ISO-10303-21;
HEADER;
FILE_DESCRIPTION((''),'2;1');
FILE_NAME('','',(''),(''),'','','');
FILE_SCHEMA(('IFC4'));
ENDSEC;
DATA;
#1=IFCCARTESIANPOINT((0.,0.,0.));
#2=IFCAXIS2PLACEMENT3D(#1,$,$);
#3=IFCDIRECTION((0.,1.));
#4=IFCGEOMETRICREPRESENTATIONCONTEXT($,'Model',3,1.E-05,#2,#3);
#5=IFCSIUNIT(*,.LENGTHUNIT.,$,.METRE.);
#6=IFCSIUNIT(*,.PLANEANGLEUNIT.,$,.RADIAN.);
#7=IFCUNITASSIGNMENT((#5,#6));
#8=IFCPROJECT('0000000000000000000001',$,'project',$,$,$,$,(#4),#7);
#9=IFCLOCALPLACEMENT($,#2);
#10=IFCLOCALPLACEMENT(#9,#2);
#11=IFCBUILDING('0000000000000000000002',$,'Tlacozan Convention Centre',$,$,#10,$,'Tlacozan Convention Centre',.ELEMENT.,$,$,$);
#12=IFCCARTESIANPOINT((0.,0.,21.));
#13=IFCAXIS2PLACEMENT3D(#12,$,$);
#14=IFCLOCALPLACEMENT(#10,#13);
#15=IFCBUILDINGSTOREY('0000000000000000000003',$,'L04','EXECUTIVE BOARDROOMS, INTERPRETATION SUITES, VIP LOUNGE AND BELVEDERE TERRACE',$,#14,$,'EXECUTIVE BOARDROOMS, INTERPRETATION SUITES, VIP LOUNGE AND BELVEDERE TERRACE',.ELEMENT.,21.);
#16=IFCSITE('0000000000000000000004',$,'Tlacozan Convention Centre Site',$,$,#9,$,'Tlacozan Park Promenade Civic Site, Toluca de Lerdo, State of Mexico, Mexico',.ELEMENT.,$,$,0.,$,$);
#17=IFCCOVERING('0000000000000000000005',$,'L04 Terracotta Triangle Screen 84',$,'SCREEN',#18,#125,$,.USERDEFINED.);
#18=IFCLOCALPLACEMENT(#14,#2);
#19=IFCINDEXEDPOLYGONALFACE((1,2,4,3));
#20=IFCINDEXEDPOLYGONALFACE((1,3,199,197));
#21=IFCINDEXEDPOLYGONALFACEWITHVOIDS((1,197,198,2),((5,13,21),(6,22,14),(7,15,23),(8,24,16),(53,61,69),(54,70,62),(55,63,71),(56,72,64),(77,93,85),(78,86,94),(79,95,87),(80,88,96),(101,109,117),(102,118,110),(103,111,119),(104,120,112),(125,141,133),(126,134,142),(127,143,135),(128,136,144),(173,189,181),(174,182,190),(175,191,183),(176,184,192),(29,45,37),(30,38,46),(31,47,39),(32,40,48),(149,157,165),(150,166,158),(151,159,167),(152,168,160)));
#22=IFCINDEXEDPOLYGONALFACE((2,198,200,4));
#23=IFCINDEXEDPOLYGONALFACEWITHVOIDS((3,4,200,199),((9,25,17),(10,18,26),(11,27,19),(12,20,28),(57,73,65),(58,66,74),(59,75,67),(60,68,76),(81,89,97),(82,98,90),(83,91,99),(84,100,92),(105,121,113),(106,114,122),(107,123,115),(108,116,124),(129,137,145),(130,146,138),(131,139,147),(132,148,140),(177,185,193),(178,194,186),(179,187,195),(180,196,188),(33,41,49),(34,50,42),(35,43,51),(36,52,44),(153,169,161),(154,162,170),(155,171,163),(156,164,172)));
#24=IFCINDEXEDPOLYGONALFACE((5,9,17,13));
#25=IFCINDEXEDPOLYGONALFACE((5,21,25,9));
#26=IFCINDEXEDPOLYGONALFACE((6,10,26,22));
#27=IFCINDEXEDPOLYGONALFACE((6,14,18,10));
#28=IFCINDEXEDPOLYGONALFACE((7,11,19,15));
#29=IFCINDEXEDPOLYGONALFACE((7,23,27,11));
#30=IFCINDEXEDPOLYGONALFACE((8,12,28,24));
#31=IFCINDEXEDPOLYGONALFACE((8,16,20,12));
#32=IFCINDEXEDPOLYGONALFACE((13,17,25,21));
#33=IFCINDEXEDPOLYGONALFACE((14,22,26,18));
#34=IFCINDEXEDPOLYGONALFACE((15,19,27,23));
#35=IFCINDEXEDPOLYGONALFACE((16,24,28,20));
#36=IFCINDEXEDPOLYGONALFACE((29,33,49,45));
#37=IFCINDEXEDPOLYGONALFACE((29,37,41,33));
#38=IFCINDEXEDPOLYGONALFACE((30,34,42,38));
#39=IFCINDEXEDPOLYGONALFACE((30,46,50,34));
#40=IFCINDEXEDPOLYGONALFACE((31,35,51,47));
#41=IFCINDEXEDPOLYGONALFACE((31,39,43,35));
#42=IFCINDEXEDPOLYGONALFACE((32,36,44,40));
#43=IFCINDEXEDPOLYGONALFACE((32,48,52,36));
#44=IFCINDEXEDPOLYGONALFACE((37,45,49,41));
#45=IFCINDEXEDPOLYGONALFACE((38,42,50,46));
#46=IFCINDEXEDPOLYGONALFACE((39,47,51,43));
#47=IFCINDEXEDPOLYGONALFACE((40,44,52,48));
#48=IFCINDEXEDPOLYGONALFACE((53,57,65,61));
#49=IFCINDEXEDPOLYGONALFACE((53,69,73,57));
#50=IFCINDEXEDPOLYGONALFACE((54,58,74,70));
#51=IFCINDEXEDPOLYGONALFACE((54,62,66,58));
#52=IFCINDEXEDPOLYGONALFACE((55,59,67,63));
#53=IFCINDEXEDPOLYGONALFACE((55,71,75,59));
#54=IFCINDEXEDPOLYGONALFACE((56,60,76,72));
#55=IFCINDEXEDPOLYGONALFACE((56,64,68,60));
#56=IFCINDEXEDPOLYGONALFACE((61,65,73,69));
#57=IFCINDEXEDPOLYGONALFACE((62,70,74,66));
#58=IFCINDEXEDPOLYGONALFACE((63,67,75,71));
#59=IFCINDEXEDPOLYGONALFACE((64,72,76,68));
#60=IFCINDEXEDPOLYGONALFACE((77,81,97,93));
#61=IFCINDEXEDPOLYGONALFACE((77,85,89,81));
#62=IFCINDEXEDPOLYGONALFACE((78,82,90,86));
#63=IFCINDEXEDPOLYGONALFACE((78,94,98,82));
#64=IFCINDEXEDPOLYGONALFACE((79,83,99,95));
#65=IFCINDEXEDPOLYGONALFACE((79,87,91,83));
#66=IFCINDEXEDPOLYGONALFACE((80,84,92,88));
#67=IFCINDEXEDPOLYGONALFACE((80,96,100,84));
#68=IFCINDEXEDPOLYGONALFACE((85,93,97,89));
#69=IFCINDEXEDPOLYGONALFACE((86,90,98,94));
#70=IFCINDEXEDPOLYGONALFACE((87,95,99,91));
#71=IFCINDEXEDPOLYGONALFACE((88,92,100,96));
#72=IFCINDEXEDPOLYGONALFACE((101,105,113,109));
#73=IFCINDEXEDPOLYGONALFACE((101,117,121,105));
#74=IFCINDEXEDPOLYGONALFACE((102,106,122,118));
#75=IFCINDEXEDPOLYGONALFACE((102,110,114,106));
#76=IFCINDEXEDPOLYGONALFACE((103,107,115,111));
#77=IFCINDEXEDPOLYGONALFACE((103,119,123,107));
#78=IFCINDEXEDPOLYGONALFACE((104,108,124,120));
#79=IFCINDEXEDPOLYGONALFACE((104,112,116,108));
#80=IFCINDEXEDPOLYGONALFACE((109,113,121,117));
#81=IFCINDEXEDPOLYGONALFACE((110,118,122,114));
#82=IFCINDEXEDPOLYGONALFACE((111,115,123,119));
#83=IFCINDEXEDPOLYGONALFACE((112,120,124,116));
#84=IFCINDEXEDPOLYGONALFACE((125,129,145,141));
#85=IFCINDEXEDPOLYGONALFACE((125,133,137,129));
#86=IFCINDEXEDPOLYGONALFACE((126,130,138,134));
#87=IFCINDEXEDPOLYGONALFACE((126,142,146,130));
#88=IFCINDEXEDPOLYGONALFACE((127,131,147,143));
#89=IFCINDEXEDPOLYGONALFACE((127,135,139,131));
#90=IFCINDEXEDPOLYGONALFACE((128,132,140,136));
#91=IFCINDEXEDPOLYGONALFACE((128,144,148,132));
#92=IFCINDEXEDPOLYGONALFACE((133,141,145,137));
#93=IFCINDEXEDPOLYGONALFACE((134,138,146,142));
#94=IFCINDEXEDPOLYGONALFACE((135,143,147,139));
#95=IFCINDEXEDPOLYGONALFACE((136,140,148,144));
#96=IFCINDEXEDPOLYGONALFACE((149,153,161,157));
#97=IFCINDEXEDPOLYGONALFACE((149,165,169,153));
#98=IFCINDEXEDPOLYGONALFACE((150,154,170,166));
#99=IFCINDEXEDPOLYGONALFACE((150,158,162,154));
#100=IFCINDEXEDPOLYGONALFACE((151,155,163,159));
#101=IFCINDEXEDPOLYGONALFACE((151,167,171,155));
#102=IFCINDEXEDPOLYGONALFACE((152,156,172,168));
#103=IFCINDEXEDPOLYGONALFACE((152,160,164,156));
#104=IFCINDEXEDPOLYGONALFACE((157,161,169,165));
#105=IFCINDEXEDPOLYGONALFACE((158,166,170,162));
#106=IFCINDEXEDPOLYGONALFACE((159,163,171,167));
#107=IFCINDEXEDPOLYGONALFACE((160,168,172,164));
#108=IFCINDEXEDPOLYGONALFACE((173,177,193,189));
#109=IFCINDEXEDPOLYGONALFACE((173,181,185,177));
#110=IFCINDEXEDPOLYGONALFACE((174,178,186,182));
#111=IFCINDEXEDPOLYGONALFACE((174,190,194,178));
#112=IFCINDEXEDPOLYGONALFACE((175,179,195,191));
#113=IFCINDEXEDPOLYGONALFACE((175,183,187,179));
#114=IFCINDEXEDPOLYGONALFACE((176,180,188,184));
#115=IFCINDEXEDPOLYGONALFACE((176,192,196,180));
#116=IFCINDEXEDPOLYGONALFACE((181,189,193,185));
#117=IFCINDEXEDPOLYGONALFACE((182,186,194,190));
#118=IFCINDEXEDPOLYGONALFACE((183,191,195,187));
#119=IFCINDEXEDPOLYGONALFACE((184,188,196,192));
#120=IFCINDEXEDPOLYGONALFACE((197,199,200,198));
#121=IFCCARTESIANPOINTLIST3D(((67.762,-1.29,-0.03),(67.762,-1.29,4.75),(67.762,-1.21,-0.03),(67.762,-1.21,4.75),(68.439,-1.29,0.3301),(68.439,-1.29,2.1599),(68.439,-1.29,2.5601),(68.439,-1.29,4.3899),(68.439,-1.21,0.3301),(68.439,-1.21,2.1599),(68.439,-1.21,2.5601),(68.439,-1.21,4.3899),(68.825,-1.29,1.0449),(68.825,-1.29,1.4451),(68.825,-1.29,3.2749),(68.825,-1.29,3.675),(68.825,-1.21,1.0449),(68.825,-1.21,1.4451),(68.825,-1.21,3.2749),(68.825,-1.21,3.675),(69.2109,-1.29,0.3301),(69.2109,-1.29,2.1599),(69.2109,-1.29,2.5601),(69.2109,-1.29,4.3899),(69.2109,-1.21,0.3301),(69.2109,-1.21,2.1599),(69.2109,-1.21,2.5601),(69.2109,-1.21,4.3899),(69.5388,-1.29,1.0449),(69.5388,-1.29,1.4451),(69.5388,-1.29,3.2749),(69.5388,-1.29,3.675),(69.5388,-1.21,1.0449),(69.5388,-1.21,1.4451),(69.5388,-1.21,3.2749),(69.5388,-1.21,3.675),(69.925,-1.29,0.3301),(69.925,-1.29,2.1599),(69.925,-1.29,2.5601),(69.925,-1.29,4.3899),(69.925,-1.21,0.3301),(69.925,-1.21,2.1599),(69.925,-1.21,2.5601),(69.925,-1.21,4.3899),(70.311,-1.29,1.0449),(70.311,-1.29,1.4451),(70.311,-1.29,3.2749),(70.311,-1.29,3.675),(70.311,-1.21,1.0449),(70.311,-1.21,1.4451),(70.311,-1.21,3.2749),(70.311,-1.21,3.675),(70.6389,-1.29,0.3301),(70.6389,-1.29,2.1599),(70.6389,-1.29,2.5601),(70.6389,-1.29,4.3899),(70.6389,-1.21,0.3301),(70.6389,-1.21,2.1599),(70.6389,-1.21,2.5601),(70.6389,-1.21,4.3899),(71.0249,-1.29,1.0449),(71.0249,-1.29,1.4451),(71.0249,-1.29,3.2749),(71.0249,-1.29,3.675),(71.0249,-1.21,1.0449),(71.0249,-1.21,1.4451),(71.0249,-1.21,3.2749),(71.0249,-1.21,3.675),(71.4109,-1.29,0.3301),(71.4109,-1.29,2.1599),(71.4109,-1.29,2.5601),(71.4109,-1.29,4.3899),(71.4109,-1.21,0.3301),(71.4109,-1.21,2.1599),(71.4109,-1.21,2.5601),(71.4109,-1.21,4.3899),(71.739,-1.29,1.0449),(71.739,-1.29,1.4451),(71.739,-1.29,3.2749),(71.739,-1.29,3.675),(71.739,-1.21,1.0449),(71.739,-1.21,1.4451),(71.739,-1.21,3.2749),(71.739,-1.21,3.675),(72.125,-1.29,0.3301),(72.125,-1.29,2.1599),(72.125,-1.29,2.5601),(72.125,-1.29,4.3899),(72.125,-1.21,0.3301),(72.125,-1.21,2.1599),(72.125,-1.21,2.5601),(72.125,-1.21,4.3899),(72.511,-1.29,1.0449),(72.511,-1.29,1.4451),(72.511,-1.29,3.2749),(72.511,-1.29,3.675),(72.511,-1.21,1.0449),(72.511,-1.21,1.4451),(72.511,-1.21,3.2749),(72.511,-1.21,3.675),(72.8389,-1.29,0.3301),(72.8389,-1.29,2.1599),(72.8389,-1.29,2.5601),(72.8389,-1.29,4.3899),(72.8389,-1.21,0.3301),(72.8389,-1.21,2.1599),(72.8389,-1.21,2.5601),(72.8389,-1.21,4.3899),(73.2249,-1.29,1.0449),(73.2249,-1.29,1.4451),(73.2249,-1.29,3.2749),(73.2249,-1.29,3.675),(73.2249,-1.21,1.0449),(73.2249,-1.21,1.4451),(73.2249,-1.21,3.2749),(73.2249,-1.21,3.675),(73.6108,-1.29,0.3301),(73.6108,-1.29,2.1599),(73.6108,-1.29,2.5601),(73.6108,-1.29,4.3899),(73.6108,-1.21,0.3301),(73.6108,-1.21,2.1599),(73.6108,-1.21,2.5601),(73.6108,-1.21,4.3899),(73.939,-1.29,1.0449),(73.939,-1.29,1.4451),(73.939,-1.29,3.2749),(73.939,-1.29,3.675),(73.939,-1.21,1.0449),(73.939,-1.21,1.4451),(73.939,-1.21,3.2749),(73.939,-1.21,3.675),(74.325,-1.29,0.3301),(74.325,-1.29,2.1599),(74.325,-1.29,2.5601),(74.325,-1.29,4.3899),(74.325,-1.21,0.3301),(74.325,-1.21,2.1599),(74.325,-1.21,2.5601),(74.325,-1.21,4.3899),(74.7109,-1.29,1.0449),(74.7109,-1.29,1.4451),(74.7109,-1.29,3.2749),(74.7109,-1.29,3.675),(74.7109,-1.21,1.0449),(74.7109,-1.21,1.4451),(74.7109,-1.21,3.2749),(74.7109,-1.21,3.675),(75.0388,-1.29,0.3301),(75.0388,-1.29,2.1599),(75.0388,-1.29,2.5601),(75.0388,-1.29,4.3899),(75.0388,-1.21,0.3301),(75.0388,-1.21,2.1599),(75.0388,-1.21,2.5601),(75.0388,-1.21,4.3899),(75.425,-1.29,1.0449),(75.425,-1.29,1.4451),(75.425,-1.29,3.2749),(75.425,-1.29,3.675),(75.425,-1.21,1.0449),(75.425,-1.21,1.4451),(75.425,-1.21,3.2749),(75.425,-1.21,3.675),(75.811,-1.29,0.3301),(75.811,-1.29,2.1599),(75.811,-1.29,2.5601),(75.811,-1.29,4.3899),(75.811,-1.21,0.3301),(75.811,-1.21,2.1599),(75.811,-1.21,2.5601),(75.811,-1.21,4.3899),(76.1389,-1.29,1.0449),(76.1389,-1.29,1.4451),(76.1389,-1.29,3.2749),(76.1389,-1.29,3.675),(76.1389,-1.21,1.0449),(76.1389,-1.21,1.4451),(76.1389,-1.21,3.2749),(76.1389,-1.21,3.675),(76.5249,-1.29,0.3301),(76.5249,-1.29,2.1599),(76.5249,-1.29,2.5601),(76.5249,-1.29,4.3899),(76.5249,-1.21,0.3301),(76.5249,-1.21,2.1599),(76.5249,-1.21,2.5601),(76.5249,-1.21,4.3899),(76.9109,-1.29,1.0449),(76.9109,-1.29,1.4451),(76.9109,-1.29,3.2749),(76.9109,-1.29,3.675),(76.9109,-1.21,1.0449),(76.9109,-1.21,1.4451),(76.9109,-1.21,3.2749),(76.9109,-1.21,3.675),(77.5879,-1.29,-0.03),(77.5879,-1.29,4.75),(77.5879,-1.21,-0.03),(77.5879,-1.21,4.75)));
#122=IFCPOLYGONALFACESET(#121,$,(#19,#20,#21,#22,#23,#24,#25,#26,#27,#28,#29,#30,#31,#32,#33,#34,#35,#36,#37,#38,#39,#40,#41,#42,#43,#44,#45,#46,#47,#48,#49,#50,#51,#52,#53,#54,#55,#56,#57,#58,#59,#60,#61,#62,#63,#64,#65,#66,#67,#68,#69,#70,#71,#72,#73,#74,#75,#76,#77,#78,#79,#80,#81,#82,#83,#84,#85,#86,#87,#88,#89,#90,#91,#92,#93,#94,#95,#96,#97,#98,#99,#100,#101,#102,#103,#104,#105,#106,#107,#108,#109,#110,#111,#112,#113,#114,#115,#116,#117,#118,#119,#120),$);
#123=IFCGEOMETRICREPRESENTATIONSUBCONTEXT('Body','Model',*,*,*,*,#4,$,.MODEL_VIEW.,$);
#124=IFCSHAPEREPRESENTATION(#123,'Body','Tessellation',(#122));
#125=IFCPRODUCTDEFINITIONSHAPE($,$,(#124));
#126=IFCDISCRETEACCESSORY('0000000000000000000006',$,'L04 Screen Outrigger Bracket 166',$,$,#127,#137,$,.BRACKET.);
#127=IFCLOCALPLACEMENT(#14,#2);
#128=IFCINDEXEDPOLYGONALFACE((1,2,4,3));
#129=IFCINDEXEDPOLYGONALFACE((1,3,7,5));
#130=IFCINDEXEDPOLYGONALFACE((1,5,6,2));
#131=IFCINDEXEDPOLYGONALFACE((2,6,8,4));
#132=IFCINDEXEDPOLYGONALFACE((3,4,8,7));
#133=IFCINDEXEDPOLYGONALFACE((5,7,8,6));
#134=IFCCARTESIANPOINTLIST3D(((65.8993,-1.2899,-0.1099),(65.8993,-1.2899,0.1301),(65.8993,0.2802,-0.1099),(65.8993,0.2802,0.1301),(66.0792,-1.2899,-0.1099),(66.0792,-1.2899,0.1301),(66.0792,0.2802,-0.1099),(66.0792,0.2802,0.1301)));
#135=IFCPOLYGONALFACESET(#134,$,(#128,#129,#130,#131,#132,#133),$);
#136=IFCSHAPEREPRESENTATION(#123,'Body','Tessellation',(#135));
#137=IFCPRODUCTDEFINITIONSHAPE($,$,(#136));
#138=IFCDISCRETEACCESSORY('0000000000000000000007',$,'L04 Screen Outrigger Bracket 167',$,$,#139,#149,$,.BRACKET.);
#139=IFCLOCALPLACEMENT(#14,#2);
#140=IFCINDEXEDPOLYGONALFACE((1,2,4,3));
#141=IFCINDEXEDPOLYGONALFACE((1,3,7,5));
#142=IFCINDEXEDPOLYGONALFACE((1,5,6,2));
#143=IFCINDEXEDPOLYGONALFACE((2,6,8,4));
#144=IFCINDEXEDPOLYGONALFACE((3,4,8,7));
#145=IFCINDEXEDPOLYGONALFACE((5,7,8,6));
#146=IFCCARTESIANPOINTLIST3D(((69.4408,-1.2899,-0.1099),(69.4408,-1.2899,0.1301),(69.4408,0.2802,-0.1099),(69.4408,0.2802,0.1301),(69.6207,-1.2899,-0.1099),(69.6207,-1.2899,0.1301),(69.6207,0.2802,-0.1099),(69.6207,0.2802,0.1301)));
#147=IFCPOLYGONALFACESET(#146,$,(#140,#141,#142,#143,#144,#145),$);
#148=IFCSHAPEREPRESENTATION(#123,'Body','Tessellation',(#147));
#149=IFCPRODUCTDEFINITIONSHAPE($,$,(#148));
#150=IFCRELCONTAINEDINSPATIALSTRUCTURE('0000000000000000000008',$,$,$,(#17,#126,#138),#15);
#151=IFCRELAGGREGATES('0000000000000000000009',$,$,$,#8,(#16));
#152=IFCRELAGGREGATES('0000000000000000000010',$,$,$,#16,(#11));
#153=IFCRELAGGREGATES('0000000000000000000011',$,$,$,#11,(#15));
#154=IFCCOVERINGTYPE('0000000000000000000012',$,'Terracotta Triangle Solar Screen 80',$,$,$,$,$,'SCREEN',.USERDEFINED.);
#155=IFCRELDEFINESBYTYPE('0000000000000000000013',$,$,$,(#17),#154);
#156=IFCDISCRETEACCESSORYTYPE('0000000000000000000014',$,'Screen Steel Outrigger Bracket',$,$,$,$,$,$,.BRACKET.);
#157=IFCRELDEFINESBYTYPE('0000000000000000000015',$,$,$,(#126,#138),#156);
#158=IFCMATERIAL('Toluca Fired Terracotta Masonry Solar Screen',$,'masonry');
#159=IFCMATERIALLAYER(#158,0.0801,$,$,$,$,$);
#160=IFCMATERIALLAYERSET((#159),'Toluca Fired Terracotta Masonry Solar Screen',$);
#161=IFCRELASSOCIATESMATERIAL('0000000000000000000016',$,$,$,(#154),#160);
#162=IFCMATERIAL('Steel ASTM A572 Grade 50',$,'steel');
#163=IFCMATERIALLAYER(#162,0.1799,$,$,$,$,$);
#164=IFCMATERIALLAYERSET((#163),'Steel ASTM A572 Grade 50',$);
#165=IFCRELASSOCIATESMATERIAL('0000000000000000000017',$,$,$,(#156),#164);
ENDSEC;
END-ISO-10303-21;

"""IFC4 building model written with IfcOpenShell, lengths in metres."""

from ifc_helpers import new_model, si_unit, direction, frame, origin, origin_2d, place, context, subcontext, project, spatial, polyline, rectangle, outline, extrude, material, layer, layer_set, type_object, element, save


model = new_model("IFC4")

# Units and contexts
model_context = context("Model", 3, precision=1e-05, world=origin(), true_north=direction((0.0, 1.0)))
body_context = subcontext(model_context, "Body", "Model", "MODEL_VIEW")
ifc_project = project(units=[si_unit("LENGTHUNIT", "METRE"), si_unit("PLANEANGLEUNIT", "RADIAN")], contexts=[model_context])

# Site, building, storey
site_placement = place(None, origin())
site = spatial("IfcSite", under=ifc_project, at=site_placement, Name="Tlacozan Convention Centre Site", LongName="Tlacozan Park Promenade Civic Site, Toluca de Lerdo, State of Mexico, Mexico", CompositionType="ELEMENT", RefElevation=0.0)
building_placement = place(site_placement, origin())
building = spatial("IfcBuilding", under=site, at=building_placement, Name="Tlacozan Convention Centre", LongName="Tlacozan Convention Centre", CompositionType="ELEMENT")
storey_placement = place(building_placement, frame((0.0, 0.0, 21.0)))
storey = spatial("IfcBuildingStorey", under=building, at=storey_placement, Name="L04", Description="EXECUTIVE BOARDROOMS, INTERPRETATION SUITES, VIP LOUNGE AND BELVEDERE TERRACE", LongName="EXECUTIVE BOARDROOMS, INTERPRETATION SUITES, VIP LOUNGE AND BELVEDERE TERRACE", CompositionType="ELEMENT", Elevation=21.0)

# Covering
ifc_material_1 = material(Name="Toluca Fired Terracotta Masonry Solar Screen", Category="masonry")
ifc_layer_1 = layer(ifc_material_1, 0.0801)
ifc_layer_set_1 = layer_set([ifc_layer_1], Name="Toluca Fired Terracotta Masonry Solar Screen")
covering_type = type_object("IfcCoveringType", Name="Terracotta Triangle Solar Screen 80", ElementType="SCREEN", PredefinedType="USERDEFINED", material=ifc_layer_set_1)
covering_placement = place(storey_placement, frame((67.762, -1.25, -0.03), z_axis=(0.0, 0.0, 1.0), x_axis=(1.0, 0.0, 0.0)))
element("IfcCovering", 1, at=covering_placement, inside=storey, type_object=covering_type, Name="L04 Terracotta Triangle Screen 84", ObjectType="SCREEN", PredefinedType="USERDEFINED", context=body_context, shape_type="SweptSolid", body=[
    extrude(outline(polyline([(0.0, 0.0), (9.8259, 0.0), (9.8259, 4.78), (0.0, 4.78), (0.0, 0.0)]), holes=[polyline([(0.677, 0.3601), (1.449, 0.3601), (1.063, 1.075), (0.677, 0.3601)]), polyline([(1.7769, 1.075), (2.5491, 1.075), (2.1631, 0.3601), (1.7769, 1.075)]), polyline([(2.877, 0.3601), (3.6489, 0.3601), (3.2629, 1.075), (2.877, 0.3601)]), polyline([(3.9771, 1.075), (4.749, 1.075), (4.363, 0.3601), (3.9771, 1.075)]), polyline([(5.0769, 0.3601), (5.8489, 0.3601), (5.4629, 1.075), (5.0769, 0.3601)]), polyline([(6.177, 1.075), (6.949, 1.075), (6.563, 0.3601), (6.177, 1.075)]), polyline([(7.2769, 0.3601), (8.0491, 0.3601), (7.6631, 1.075), (7.2769, 0.3601)]), polyline([(8.377, 1.075), (9.1489, 1.075), (8.7629, 0.3601), (8.377, 1.075)]), polyline([(0.677, 2.1899), (1.449, 2.1899), (1.063, 1.4751), (0.677, 2.1899)]), polyline([(1.7769, 1.4751), (2.5491, 1.4751), (2.1631, 2.1899), (1.7769, 1.4751)]), polyline([(2.877, 2.1899), (3.6489, 2.1899), (3.2629, 1.4751), (2.877, 2.1899)]), polyline([(3.9771, 1.4751), (4.749, 1.4751), (4.363, 2.1899), (3.9771, 1.4751)]), polyline([(5.0769, 2.1899), (5.8489, 2.1899), (5.4629, 1.4751), (5.0769, 2.1899)]), polyline([(6.177, 1.4751), (6.949, 1.4751), (6.563, 2.1899), (6.177, 1.4751)]), polyline([(7.2769, 2.1899), (8.0491, 2.1899), (7.6631, 1.4751), (7.2769, 2.1899)]), polyline([(8.377, 1.4751), (9.1489, 1.4751), (8.7629, 2.1899), (8.377, 1.4751)]), polyline([(0.677, 2.5901), (1.449, 2.5901), (1.063, 3.3049), (0.677, 2.5901)]), polyline([(1.7769, 3.3049), (2.5491, 3.3049), (2.1631, 2.5901), (1.7769, 3.3049)]), polyline([(2.877, 2.5901), (3.6489, 2.5901), (3.2629, 3.3049), (2.877, 2.5901)]), polyline([(3.9771, 3.3049), (4.749, 3.3049), (4.363, 2.5901), (3.9771, 3.3049)]), polyline([(5.0769, 2.5901), (5.8489, 2.5901), (5.4629, 3.3049), (5.0769, 2.5901)]), polyline([(6.177, 3.3049), (6.949, 3.3049), (6.563, 2.5901), (6.177, 3.3049)]), polyline([(7.2769, 2.5901), (8.0491, 2.5901), (7.6631, 3.3049), (7.2769, 2.5901)]), polyline([(8.377, 3.3049), (9.1489, 3.3049), (8.7629, 2.5901), (8.377, 3.3049)]), polyline([(0.677, 4.4199), (1.449, 4.4199), (1.063, 3.7051), (0.677, 4.4199)]), polyline([(1.7769, 3.7051), (2.5491, 3.7051), (2.1631, 4.4199), (1.7769, 3.7051)]), polyline([(2.877, 4.4199), (3.6489, 4.4199), (3.2629, 3.7051), (2.877, 4.4199)]), polyline([(3.9771, 3.7051), (4.749, 3.7051), (4.363, 4.4199), (3.9771, 3.7051)]), polyline([(5.0769, 4.4199), (5.8489, 4.4199), (5.4629, 3.7051), (5.0769, 4.4199)]), polyline([(6.177, 3.7051), (6.949, 3.7051), (6.563, 4.4199), (6.177, 3.7051)]), polyline([(7.2769, 4.4199), (8.0491, 4.4199), (7.6631, 3.7051), (7.2769, 4.4199)]), polyline([(8.377, 3.7051), (9.1489, 3.7051), (8.7629, 4.4199), (8.377, 3.7051)])]), frame((0.0, 0.04, 0.0), z_axis=(0.0, -1.0, 0.0), x_axis=(1.0, 0.0, 0.0)), (0.0, 0.0, 1.0), 0.0801),
])

# Discrete accessories
ifc_material_2 = material(Name="Steel ASTM A572 Grade 50", Category="steel")
ifc_layer_2 = layer(ifc_material_2, 0.1799)
ifc_layer_set_2 = layer_set([ifc_layer_2], Name="Steel ASTM A572 Grade 50")
discrete_accessory_type = type_object("IfcDiscreteAccessoryType", Name="Screen Steel Outrigger Bracket", PredefinedType="BRACKET", material=ifc_layer_set_2)
for number, where, z_axis, x_axis, name in (
    (2, (65.9893, -0.5049, -0.1099), (0.0, 0.0, 1.0), (0.0, 1.0, 0.0), "L04 Screen Outrigger Bracket 166"),
    (3, (69.5308, -0.5049, -0.1099), (0.0, 0.0, 1.0), (0.0, 1.0, 0.0), "L04 Screen Outrigger Bracket 167"),
):
    element("IfcDiscreteAccessory", number, at=place(storey_placement, frame(where, z_axis=z_axis, x_axis=x_axis)), inside=storey, type_object=discrete_accessory_type, Name=name, PredefinedType="BRACKET", context=body_context, shape_type="SweptSolid", body=[
        extrude(rectangle(XDim=1.5701, YDim=0.1799, at=origin_2d()), origin(), (0.0, 0.0, 1.0), 0.24),
    ])

save(model, "model.ifc")
